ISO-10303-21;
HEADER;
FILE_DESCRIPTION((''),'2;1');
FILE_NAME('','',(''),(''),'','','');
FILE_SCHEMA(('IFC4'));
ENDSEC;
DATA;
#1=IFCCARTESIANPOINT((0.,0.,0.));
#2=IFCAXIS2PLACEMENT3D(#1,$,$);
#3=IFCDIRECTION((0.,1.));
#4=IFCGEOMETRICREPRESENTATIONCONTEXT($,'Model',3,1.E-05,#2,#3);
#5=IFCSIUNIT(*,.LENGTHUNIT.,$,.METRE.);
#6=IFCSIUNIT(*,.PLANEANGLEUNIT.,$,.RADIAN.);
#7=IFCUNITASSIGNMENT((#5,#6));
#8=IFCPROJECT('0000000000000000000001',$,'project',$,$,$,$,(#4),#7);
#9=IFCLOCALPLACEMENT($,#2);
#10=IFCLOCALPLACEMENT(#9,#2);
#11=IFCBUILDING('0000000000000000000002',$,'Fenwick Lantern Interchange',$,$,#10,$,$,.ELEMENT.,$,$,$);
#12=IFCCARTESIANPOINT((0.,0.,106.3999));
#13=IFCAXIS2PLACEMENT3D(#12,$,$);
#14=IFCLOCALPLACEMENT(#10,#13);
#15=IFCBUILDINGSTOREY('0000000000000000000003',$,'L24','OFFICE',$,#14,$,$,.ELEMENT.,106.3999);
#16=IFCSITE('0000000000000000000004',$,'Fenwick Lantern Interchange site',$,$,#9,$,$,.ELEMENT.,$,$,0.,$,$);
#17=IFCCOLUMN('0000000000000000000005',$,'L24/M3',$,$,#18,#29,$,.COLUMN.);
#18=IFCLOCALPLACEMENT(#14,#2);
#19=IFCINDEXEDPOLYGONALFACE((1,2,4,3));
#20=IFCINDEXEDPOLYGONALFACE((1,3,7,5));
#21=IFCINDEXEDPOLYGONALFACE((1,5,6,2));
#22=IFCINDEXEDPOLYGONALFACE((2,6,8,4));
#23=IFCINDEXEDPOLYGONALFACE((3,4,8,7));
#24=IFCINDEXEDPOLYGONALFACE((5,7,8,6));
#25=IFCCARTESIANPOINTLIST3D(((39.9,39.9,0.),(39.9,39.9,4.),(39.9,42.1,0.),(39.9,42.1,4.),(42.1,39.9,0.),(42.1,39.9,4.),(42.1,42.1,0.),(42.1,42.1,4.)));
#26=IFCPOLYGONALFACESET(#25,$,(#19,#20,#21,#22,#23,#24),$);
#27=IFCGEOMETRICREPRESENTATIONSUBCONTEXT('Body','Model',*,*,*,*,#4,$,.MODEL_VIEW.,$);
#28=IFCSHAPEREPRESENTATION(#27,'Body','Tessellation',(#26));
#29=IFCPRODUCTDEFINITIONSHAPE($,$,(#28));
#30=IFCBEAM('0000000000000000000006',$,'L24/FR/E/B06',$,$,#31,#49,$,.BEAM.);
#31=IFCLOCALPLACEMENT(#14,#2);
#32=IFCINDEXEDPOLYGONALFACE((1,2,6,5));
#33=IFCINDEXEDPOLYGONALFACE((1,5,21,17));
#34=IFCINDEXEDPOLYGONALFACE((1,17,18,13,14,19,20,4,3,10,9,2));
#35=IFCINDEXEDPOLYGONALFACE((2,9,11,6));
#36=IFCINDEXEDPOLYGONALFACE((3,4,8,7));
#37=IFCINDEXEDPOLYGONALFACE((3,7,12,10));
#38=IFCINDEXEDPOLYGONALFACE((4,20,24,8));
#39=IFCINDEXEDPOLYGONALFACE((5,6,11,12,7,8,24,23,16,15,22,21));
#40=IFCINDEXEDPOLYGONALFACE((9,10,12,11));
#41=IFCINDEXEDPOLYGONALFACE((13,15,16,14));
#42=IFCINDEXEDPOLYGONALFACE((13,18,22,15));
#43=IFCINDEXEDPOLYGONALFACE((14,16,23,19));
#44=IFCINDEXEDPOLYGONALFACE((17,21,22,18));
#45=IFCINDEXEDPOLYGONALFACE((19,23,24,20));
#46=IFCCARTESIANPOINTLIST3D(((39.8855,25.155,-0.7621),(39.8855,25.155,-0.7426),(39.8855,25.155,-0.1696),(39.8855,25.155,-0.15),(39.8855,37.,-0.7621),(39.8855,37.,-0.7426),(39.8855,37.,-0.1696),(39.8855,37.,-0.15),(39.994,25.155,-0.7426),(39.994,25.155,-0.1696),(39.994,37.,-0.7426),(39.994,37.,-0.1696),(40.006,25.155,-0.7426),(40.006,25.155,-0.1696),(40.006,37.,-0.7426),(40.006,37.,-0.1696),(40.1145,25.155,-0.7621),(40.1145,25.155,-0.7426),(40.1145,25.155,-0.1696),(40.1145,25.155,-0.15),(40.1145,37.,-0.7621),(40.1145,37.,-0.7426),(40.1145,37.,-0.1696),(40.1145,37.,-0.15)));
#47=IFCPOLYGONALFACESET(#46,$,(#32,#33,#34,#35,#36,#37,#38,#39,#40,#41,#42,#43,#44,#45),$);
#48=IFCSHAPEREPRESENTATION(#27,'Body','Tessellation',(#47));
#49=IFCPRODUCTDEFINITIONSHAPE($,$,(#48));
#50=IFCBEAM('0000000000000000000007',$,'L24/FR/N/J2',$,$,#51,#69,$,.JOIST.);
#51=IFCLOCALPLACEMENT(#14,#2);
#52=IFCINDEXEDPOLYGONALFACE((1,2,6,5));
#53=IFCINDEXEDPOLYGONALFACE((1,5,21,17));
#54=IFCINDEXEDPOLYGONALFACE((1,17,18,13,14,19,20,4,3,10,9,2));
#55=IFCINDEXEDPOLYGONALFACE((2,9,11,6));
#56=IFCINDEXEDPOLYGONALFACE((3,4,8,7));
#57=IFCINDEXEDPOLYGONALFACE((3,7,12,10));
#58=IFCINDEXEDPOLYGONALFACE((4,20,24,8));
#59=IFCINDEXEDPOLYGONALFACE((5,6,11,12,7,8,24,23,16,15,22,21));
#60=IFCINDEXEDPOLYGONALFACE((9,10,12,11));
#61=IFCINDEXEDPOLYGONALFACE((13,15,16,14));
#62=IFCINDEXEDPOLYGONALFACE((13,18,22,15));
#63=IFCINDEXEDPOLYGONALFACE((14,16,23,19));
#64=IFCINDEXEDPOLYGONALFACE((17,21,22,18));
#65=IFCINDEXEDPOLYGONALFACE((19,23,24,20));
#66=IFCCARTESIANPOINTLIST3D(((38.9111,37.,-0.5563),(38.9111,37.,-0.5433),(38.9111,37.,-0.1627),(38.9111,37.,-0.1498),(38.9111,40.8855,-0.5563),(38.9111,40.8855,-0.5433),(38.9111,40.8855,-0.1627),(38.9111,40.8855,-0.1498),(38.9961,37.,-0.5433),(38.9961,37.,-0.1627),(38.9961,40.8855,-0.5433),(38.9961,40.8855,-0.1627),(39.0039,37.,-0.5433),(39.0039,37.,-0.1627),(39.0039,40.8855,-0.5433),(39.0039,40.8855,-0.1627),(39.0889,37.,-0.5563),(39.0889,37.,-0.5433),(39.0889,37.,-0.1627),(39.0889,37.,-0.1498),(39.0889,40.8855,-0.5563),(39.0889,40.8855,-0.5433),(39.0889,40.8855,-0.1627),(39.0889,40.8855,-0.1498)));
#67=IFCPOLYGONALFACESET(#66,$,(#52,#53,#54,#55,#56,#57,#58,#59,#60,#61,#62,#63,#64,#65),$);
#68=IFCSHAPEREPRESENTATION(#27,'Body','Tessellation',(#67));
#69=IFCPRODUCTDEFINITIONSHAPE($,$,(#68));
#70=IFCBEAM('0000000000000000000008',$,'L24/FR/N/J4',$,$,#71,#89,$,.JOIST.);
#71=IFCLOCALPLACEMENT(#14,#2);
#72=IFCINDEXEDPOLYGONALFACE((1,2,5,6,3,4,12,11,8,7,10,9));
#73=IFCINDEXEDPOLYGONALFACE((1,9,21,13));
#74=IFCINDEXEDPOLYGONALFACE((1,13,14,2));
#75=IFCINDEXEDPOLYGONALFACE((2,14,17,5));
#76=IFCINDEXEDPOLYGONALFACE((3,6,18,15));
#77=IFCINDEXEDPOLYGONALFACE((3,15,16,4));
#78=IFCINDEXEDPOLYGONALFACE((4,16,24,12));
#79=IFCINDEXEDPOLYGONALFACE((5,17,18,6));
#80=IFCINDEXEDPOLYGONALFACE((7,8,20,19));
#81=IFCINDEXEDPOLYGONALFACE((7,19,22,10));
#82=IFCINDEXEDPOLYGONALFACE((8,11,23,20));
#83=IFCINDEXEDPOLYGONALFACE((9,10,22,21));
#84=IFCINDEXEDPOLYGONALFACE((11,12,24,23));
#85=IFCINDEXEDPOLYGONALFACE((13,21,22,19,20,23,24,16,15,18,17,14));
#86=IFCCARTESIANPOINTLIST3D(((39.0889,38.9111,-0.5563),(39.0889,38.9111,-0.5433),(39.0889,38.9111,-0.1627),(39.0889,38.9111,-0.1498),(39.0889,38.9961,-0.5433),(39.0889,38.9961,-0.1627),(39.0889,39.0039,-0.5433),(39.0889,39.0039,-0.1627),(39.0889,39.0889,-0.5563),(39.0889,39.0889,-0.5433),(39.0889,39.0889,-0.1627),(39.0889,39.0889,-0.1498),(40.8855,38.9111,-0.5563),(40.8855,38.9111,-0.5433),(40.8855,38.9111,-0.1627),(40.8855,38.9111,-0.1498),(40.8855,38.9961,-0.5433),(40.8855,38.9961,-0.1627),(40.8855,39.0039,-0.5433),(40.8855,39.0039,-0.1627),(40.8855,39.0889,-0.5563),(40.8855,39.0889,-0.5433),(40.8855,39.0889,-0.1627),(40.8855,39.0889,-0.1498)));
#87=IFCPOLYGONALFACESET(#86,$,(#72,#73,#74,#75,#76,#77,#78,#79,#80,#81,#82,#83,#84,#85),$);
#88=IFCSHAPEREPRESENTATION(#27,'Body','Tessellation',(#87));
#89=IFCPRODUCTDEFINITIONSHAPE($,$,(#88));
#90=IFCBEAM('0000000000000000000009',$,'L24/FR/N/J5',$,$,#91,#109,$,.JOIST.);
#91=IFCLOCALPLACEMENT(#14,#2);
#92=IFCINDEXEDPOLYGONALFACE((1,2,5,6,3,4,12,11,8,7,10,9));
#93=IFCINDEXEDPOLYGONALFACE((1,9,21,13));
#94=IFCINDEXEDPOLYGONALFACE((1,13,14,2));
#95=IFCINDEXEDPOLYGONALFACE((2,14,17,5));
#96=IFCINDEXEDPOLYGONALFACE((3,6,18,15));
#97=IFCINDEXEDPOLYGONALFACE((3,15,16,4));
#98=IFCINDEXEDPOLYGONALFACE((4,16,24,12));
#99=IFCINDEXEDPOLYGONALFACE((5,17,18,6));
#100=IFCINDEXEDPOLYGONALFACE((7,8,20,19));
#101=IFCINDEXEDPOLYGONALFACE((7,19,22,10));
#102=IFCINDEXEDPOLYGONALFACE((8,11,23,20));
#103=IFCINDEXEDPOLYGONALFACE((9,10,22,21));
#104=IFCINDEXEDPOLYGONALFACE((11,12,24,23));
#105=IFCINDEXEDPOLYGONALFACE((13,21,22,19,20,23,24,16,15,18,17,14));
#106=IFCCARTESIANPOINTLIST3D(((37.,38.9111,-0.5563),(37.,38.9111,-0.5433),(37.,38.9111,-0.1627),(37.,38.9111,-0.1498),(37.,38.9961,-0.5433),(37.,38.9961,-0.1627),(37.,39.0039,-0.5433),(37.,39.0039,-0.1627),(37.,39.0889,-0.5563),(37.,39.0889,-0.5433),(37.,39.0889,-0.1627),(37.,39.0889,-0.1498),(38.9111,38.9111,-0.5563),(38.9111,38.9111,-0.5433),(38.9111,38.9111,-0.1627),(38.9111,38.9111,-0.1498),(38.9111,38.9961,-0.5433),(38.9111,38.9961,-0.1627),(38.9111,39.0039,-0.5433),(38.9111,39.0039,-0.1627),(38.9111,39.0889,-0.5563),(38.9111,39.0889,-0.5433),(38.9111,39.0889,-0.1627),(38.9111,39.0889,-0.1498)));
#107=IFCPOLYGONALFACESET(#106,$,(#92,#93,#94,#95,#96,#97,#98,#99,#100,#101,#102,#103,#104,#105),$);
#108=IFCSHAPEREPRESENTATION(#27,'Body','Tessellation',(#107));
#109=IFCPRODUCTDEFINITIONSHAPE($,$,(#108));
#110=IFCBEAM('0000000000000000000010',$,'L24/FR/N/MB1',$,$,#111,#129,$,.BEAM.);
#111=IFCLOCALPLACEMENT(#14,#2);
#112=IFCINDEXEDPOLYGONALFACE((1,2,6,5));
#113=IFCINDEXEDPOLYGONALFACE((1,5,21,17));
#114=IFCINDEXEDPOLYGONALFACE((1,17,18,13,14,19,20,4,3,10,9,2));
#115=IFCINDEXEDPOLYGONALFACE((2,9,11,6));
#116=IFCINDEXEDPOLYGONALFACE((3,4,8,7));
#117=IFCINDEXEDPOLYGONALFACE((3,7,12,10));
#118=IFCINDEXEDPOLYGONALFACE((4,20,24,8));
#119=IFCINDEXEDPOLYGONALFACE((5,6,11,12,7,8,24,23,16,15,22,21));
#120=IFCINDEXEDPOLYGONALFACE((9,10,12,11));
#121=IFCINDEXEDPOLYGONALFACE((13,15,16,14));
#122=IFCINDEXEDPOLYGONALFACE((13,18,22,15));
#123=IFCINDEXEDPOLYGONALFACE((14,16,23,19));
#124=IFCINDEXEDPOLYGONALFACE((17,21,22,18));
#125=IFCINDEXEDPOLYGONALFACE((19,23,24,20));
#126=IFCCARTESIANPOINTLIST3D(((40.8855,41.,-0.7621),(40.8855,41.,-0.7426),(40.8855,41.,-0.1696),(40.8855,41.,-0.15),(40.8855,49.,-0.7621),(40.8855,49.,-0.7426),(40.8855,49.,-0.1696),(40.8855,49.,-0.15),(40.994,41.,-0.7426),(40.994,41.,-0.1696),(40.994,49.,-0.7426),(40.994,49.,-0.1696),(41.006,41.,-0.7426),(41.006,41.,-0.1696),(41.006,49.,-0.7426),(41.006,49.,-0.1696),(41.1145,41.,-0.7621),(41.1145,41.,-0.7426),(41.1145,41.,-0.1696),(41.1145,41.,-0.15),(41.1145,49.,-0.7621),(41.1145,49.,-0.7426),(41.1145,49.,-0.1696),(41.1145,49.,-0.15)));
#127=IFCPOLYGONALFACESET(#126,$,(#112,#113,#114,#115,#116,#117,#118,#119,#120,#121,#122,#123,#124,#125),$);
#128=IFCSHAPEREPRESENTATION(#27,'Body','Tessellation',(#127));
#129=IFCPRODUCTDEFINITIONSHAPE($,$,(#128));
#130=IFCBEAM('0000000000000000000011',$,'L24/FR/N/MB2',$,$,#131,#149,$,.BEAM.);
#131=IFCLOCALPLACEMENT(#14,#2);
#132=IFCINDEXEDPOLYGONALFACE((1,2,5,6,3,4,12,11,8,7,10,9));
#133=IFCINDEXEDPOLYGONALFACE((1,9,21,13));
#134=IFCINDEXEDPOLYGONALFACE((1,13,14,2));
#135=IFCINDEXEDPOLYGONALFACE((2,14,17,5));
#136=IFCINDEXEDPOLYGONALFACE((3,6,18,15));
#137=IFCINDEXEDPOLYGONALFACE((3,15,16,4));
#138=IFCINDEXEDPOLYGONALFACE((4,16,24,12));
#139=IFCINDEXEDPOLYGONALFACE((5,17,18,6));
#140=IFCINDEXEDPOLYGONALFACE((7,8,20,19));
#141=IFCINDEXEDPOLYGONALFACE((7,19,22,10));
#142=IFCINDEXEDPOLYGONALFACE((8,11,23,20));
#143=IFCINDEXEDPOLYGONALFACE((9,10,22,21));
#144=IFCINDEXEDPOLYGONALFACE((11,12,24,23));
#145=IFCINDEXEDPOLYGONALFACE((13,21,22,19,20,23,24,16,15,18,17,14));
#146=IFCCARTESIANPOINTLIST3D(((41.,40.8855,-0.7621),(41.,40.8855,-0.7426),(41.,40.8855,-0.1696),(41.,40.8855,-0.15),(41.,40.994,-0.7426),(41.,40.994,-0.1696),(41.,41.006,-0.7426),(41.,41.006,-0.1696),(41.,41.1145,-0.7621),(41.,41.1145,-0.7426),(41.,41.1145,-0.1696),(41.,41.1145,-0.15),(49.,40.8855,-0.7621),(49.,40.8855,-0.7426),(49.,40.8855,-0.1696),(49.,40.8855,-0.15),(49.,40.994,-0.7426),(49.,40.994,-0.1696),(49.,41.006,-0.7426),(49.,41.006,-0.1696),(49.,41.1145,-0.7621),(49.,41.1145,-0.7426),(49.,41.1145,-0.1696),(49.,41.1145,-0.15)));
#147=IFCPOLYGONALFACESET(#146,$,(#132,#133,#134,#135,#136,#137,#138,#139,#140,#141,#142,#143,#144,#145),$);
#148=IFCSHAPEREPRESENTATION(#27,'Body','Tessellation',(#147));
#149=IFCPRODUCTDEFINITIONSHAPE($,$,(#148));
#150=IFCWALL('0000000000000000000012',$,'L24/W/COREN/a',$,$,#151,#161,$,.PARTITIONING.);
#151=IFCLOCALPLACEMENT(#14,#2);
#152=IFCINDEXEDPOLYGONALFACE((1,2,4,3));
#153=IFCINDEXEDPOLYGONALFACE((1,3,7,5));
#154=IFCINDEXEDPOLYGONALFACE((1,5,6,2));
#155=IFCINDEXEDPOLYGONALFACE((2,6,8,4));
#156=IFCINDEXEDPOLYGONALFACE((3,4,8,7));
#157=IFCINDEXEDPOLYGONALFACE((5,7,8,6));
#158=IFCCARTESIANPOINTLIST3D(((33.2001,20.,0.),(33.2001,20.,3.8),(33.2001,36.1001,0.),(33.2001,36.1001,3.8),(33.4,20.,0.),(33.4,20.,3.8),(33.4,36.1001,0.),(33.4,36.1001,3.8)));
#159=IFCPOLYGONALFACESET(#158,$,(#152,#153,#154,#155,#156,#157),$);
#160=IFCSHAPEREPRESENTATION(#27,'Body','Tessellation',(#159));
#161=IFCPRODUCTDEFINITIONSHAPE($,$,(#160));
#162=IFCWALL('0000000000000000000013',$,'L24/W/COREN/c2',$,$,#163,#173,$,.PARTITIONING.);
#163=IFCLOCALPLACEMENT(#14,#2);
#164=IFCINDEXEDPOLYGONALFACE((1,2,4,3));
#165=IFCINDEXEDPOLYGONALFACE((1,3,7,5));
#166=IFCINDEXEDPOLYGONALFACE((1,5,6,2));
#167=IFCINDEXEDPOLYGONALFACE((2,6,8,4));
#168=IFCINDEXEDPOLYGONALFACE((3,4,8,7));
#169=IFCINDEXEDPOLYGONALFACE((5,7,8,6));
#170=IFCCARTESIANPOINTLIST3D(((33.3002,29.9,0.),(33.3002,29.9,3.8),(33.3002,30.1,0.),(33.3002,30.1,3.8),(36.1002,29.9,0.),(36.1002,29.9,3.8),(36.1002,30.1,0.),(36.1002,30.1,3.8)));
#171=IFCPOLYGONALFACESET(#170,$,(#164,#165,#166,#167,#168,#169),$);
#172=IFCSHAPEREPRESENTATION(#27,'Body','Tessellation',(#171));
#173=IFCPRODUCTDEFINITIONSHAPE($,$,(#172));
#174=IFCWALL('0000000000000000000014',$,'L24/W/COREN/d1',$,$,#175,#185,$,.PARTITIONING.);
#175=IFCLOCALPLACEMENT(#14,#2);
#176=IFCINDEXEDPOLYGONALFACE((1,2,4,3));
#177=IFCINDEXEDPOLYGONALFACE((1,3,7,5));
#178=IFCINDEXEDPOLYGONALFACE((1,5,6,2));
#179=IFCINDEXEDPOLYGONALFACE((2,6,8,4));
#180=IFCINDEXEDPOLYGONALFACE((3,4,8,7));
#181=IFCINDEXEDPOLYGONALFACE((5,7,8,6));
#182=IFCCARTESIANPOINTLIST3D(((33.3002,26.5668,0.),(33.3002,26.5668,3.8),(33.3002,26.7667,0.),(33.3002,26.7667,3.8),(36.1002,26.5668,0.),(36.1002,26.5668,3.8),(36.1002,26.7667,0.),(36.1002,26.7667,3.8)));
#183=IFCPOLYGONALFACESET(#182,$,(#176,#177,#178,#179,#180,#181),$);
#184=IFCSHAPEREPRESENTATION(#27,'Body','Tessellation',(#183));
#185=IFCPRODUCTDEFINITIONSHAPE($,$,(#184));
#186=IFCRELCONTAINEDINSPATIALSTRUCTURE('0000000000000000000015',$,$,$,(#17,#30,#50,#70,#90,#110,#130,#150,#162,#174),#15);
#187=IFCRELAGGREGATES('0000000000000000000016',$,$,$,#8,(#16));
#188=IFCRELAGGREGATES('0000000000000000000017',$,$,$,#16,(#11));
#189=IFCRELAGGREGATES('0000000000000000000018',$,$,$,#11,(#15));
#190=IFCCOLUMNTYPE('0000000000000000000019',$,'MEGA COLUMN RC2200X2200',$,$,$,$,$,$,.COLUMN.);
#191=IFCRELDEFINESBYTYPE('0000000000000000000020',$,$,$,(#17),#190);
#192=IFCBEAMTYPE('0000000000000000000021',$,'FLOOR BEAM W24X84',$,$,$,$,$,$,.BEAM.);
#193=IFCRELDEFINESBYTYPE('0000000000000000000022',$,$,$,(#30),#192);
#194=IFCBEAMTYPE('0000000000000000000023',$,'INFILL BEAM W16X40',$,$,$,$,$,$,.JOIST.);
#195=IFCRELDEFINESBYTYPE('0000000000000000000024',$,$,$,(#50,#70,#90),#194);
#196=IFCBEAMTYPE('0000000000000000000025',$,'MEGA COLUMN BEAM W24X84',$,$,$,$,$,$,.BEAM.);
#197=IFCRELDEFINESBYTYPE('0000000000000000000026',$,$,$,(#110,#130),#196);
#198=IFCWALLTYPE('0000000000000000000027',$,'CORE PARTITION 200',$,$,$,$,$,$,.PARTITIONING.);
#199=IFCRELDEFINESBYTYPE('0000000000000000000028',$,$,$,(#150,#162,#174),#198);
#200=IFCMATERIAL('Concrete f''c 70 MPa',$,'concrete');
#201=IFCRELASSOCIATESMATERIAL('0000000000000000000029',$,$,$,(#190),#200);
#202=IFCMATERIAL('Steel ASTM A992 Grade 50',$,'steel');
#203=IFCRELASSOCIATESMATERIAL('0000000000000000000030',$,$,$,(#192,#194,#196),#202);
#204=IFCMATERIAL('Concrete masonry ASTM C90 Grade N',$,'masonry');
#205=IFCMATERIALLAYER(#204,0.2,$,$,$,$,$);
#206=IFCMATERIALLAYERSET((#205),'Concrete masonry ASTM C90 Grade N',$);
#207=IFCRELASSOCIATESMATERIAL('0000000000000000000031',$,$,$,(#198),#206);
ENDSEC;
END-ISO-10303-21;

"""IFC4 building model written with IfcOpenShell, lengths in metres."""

from ifc_helpers import new_model, si_unit, direction, frame, frame_2d, origin, origin_2d, place, context, subcontext, project, spatial, rectangle, i_section, extrude, material, layer, layer_set, material_profile, profile_set, type_object, element, save


model = new_model("IFC4")

# Units and contexts
model_context = context("Model", 3, precision=1e-05, world=origin(), true_north=direction((0.0, 1.0)))
body_context = subcontext(model_context, "Body", "Model", "MODEL_VIEW")
ifc_project = project(units=[si_unit("LENGTHUNIT", "METRE"), si_unit("PLANEANGLEUNIT", "RADIAN")], contexts=[model_context])

# Site, building, storey
site_placement = place(None, origin())
site = spatial("IfcSite", under=ifc_project, at=site_placement, Name="Fenwick Lantern Interchange site", CompositionType="ELEMENT", RefElevation=0.0)
building_placement = place(site_placement, origin())
building = spatial("IfcBuilding", under=site, at=building_placement, Name="Fenwick Lantern Interchange", CompositionType="ELEMENT")
storey_placement = place(building_placement, frame((0.0, 0.0, 106.3999)))
storey = spatial("IfcBuildingStorey", under=building, at=storey_placement, Name="L24", Description="OFFICE", CompositionType="ELEMENT", Elevation=106.3999)

# Column
ifc_material_1 = material(Name="Concrete f'c 70 MPa", Category="concrete")
ifc_material_profile_1 = material_profile(ifc_material_1, rectangle(XDim=2.2, YDim=2.2, at=origin_2d()), Name="RC2200X2200")
ifc_profile_set_1 = profile_set([ifc_material_profile_1], Name="Concrete f'c 70 MPa")
column_type = type_object("IfcColumnType", Name="MEGA COLUMN RC2200X2200", PredefinedType="COLUMN", material=ifc_profile_set_1)
column_placement = place(storey_placement, frame((41.0, 41.0, 0.0), z_axis=(0.0, 0.0, 1.0), x_axis=(1.0, 0.0, 0.0)))
element("IfcColumn", 1, at=column_placement, inside=storey, type_object=column_type, Name="L24/M3", PredefinedType="COLUMN", context=body_context, shape_type="SweptSolid", body=[
    extrude(rectangle(XDim=2.2, YDim=2.2, at=origin_2d()), origin(), (0.0, 0.0, 1.0), 4.0),
])

# Beams
ifc_material_2 = material(Name="Steel ASTM A992 Grade 50", Category="steel")
ifc_material_profile_2 = material_profile(ifc_material_2, i_section(OverallWidth=0.229, OverallDepth=0.6121, WebThickness=0.012, FlangeThickness=0.0195, at=origin_2d()), Name="W24X84")
ifc_profile_set_2 = profile_set([ifc_material_profile_2], Name="Steel ASTM A992 Grade 50")
beam_type_1 = type_object("IfcBeamType", Name="FLOOR BEAM W24X84", PredefinedType="BEAM", material=ifc_profile_set_2)
beam_1_placement = place(storey_placement, frame((40.0, 25.155, -0.4561), z_axis=(0.0, 1.0, 0.0), x_axis=(-1.0, 0.0, 0.0)))
element("IfcBeam", 2, at=beam_1_placement, inside=storey, type_object=beam_type_1, Name="L24/FR/E/B06", PredefinedType="BEAM", context=body_context, shape_type="SweptSolid", body=[
    extrude(i_section(OverallWidth=0.229, OverallDepth=0.6121, WebThickness=0.012, FlangeThickness=0.0195, at=origin_2d()), origin(), (0.0, 0.0, 1.0), 11.845),
])
ifc_material_profile_3 = material_profile(ifc_material_2, i_section(OverallWidth=0.1777, OverallDepth=0.4065, WebThickness=0.0078, FlangeThickness=0.0129, at=origin_2d()), Name="W16X40")
ifc_profile_set_3 = profile_set([ifc_material_profile_3], Name="Steel ASTM A992 Grade 50")
beam_type_2 = type_object("IfcBeamType", Name="INFILL BEAM W16X40", PredefinedType="JOIST", material=ifc_profile_set_3)
beam_2_placement = place(storey_placement, frame((39.0, 40.8855, -0.353), z_axis=(0.0, -1.0, 0.0), x_axis=(1.0, 0.0, 0.0)))
element("IfcBeam", 3, at=beam_2_placement, inside=storey, type_object=beam_type_2, Name="L24/FR/N/J2", PredefinedType="JOIST", context=body_context, shape_type="SweptSolid", body=[
    extrude(i_section(OverallWidth=0.1777, OverallDepth=0.4065, WebThickness=0.0078, FlangeThickness=0.0129, at=origin_2d()), origin(), (0.0, 0.0, 1.0), 3.8855),
])
beam_3_placement = place(storey_placement, frame((40.8855, 39.0, -0.353), z_axis=(-1.0, 0.0, 0.0), x_axis=(0.0, -1.0, 0.0)))
element("IfcBeam", 4, at=beam_3_placement, inside=storey, type_object=beam_type_2, Name="L24/FR/N/J4", PredefinedType="JOIST", context=body_context, shape_type="SweptSolid", body=[
    extrude(i_section(OverallWidth=0.1777, OverallDepth=0.4065, WebThickness=0.0078, FlangeThickness=0.0129, at=origin_2d()), origin(), (0.0, 0.0, 1.0), 1.7966),
])
beam_4_placement = place(storey_placement, frame((38.9111, 39.0, -0.353), z_axis=(-1.0, 0.0, 0.0), x_axis=(0.0, -1.0, 0.0)))
element("IfcBeam", 5, at=beam_4_placement, inside=storey, type_object=beam_type_2, Name="L24/FR/N/J5", PredefinedType="JOIST", context=body_context, shape_type="SweptSolid", body=[
    extrude(i_section(OverallWidth=0.1777, OverallDepth=0.4065, WebThickness=0.0078, FlangeThickness=0.0129, at=origin_2d()), origin(), (0.0, 0.0, 1.0), 1.9111),
])
ifc_material_profile_4 = material_profile(ifc_material_2, i_section(OverallWidth=0.229, OverallDepth=0.6121, WebThickness=0.012, FlangeThickness=0.0195, at=origin_2d()), Name="W24X84")
ifc_profile_set_4 = profile_set([ifc_material_profile_4], Name="Steel ASTM A992 Grade 50")
beam_type_3 = type_object("IfcBeamType", Name="MEGA COLUMN BEAM W24X84", PredefinedType="BEAM", material=ifc_profile_set_4)
for number, where, z_axis, x_axis, name in (
    (6, (41.0, 41.0, -0.4561), (0.0, 1.0, 0.0), (-1.0, 0.0, 0.0), "L24/FR/N/MB1"),
    (7, (41.0, 41.0, -0.4561), (1.0, 0.0, 0.0), (0.0, 1.0, 0.0), "L24/FR/N/MB2"),
):
    element("IfcBeam", number, at=place(storey_placement, frame(where, z_axis=z_axis, x_axis=x_axis)), inside=storey, type_object=beam_type_3, Name=name, PredefinedType="BEAM", context=body_context, shape_type="SweptSolid", body=[
        extrude(i_section(OverallWidth=0.229, OverallDepth=0.6121, WebThickness=0.012, FlangeThickness=0.0195, at=origin_2d()), origin(), (0.0, 0.0, 1.0), 8.0),
    ])

# Walls
ifc_material_3 = material(Name="Concrete masonry ASTM C90 Grade N", Category="masonry")
ifc_layer_1 = layer(ifc_material_3, 0.2)
ifc_layer_set_1 = layer_set([ifc_layer_1], Name="Concrete masonry ASTM C90 Grade N")
wall_type_1 = type_object("IfcWallType", Name="CORE PARTITION 200", PredefinedType="PARTITIONING", material=ifc_layer_set_1)
wall_1_placement = place(storey_placement, frame((33.3, 36.1001, 0.0), z_axis=(0.0, 0.0, 1.0), x_axis=(0.0, -1.0, 0.0)))
element("IfcWall", 8, at=wall_1_placement, inside=storey, type_object=wall_type_1, Name="L24/W/COREN/a", PredefinedType="PARTITIONING", context=body_context, shape_type="SweptSolid", body=[
    extrude(rectangle(XDim=16.1001, YDim=0.2, at=frame_2d((8.05, 0.0))), origin(), (0.0, 0.0, 1.0), 3.8),
])
for number, where, z_axis, x_axis, name in (
    (9, (36.1001, 30.0, 0.0), (0.0, 0.0, 1.0), (-1.0, 0.0, 0.0), "L24/W/COREN/c2"),
    (10, (36.1001, 26.6667, 0.0), (0.0, 0.0, 1.0), (-1.0, 0.0, 0.0), "L24/W/COREN/d1"),
):
    element("IfcWall", number, at=place(storey_placement, frame(where, z_axis=z_axis, x_axis=x_axis)), inside=storey, type_object=wall_type_1, Name=name, PredefinedType="PARTITIONING", context=body_context, shape_type="SweptSolid", body=[
        extrude(rectangle(XDim=2.8, YDim=0.2, at=frame_2d((1.3999, 0.0))), origin(), (0.0, 0.0, 1.0), 3.8),
    ])

save(model, "model.ifc")
